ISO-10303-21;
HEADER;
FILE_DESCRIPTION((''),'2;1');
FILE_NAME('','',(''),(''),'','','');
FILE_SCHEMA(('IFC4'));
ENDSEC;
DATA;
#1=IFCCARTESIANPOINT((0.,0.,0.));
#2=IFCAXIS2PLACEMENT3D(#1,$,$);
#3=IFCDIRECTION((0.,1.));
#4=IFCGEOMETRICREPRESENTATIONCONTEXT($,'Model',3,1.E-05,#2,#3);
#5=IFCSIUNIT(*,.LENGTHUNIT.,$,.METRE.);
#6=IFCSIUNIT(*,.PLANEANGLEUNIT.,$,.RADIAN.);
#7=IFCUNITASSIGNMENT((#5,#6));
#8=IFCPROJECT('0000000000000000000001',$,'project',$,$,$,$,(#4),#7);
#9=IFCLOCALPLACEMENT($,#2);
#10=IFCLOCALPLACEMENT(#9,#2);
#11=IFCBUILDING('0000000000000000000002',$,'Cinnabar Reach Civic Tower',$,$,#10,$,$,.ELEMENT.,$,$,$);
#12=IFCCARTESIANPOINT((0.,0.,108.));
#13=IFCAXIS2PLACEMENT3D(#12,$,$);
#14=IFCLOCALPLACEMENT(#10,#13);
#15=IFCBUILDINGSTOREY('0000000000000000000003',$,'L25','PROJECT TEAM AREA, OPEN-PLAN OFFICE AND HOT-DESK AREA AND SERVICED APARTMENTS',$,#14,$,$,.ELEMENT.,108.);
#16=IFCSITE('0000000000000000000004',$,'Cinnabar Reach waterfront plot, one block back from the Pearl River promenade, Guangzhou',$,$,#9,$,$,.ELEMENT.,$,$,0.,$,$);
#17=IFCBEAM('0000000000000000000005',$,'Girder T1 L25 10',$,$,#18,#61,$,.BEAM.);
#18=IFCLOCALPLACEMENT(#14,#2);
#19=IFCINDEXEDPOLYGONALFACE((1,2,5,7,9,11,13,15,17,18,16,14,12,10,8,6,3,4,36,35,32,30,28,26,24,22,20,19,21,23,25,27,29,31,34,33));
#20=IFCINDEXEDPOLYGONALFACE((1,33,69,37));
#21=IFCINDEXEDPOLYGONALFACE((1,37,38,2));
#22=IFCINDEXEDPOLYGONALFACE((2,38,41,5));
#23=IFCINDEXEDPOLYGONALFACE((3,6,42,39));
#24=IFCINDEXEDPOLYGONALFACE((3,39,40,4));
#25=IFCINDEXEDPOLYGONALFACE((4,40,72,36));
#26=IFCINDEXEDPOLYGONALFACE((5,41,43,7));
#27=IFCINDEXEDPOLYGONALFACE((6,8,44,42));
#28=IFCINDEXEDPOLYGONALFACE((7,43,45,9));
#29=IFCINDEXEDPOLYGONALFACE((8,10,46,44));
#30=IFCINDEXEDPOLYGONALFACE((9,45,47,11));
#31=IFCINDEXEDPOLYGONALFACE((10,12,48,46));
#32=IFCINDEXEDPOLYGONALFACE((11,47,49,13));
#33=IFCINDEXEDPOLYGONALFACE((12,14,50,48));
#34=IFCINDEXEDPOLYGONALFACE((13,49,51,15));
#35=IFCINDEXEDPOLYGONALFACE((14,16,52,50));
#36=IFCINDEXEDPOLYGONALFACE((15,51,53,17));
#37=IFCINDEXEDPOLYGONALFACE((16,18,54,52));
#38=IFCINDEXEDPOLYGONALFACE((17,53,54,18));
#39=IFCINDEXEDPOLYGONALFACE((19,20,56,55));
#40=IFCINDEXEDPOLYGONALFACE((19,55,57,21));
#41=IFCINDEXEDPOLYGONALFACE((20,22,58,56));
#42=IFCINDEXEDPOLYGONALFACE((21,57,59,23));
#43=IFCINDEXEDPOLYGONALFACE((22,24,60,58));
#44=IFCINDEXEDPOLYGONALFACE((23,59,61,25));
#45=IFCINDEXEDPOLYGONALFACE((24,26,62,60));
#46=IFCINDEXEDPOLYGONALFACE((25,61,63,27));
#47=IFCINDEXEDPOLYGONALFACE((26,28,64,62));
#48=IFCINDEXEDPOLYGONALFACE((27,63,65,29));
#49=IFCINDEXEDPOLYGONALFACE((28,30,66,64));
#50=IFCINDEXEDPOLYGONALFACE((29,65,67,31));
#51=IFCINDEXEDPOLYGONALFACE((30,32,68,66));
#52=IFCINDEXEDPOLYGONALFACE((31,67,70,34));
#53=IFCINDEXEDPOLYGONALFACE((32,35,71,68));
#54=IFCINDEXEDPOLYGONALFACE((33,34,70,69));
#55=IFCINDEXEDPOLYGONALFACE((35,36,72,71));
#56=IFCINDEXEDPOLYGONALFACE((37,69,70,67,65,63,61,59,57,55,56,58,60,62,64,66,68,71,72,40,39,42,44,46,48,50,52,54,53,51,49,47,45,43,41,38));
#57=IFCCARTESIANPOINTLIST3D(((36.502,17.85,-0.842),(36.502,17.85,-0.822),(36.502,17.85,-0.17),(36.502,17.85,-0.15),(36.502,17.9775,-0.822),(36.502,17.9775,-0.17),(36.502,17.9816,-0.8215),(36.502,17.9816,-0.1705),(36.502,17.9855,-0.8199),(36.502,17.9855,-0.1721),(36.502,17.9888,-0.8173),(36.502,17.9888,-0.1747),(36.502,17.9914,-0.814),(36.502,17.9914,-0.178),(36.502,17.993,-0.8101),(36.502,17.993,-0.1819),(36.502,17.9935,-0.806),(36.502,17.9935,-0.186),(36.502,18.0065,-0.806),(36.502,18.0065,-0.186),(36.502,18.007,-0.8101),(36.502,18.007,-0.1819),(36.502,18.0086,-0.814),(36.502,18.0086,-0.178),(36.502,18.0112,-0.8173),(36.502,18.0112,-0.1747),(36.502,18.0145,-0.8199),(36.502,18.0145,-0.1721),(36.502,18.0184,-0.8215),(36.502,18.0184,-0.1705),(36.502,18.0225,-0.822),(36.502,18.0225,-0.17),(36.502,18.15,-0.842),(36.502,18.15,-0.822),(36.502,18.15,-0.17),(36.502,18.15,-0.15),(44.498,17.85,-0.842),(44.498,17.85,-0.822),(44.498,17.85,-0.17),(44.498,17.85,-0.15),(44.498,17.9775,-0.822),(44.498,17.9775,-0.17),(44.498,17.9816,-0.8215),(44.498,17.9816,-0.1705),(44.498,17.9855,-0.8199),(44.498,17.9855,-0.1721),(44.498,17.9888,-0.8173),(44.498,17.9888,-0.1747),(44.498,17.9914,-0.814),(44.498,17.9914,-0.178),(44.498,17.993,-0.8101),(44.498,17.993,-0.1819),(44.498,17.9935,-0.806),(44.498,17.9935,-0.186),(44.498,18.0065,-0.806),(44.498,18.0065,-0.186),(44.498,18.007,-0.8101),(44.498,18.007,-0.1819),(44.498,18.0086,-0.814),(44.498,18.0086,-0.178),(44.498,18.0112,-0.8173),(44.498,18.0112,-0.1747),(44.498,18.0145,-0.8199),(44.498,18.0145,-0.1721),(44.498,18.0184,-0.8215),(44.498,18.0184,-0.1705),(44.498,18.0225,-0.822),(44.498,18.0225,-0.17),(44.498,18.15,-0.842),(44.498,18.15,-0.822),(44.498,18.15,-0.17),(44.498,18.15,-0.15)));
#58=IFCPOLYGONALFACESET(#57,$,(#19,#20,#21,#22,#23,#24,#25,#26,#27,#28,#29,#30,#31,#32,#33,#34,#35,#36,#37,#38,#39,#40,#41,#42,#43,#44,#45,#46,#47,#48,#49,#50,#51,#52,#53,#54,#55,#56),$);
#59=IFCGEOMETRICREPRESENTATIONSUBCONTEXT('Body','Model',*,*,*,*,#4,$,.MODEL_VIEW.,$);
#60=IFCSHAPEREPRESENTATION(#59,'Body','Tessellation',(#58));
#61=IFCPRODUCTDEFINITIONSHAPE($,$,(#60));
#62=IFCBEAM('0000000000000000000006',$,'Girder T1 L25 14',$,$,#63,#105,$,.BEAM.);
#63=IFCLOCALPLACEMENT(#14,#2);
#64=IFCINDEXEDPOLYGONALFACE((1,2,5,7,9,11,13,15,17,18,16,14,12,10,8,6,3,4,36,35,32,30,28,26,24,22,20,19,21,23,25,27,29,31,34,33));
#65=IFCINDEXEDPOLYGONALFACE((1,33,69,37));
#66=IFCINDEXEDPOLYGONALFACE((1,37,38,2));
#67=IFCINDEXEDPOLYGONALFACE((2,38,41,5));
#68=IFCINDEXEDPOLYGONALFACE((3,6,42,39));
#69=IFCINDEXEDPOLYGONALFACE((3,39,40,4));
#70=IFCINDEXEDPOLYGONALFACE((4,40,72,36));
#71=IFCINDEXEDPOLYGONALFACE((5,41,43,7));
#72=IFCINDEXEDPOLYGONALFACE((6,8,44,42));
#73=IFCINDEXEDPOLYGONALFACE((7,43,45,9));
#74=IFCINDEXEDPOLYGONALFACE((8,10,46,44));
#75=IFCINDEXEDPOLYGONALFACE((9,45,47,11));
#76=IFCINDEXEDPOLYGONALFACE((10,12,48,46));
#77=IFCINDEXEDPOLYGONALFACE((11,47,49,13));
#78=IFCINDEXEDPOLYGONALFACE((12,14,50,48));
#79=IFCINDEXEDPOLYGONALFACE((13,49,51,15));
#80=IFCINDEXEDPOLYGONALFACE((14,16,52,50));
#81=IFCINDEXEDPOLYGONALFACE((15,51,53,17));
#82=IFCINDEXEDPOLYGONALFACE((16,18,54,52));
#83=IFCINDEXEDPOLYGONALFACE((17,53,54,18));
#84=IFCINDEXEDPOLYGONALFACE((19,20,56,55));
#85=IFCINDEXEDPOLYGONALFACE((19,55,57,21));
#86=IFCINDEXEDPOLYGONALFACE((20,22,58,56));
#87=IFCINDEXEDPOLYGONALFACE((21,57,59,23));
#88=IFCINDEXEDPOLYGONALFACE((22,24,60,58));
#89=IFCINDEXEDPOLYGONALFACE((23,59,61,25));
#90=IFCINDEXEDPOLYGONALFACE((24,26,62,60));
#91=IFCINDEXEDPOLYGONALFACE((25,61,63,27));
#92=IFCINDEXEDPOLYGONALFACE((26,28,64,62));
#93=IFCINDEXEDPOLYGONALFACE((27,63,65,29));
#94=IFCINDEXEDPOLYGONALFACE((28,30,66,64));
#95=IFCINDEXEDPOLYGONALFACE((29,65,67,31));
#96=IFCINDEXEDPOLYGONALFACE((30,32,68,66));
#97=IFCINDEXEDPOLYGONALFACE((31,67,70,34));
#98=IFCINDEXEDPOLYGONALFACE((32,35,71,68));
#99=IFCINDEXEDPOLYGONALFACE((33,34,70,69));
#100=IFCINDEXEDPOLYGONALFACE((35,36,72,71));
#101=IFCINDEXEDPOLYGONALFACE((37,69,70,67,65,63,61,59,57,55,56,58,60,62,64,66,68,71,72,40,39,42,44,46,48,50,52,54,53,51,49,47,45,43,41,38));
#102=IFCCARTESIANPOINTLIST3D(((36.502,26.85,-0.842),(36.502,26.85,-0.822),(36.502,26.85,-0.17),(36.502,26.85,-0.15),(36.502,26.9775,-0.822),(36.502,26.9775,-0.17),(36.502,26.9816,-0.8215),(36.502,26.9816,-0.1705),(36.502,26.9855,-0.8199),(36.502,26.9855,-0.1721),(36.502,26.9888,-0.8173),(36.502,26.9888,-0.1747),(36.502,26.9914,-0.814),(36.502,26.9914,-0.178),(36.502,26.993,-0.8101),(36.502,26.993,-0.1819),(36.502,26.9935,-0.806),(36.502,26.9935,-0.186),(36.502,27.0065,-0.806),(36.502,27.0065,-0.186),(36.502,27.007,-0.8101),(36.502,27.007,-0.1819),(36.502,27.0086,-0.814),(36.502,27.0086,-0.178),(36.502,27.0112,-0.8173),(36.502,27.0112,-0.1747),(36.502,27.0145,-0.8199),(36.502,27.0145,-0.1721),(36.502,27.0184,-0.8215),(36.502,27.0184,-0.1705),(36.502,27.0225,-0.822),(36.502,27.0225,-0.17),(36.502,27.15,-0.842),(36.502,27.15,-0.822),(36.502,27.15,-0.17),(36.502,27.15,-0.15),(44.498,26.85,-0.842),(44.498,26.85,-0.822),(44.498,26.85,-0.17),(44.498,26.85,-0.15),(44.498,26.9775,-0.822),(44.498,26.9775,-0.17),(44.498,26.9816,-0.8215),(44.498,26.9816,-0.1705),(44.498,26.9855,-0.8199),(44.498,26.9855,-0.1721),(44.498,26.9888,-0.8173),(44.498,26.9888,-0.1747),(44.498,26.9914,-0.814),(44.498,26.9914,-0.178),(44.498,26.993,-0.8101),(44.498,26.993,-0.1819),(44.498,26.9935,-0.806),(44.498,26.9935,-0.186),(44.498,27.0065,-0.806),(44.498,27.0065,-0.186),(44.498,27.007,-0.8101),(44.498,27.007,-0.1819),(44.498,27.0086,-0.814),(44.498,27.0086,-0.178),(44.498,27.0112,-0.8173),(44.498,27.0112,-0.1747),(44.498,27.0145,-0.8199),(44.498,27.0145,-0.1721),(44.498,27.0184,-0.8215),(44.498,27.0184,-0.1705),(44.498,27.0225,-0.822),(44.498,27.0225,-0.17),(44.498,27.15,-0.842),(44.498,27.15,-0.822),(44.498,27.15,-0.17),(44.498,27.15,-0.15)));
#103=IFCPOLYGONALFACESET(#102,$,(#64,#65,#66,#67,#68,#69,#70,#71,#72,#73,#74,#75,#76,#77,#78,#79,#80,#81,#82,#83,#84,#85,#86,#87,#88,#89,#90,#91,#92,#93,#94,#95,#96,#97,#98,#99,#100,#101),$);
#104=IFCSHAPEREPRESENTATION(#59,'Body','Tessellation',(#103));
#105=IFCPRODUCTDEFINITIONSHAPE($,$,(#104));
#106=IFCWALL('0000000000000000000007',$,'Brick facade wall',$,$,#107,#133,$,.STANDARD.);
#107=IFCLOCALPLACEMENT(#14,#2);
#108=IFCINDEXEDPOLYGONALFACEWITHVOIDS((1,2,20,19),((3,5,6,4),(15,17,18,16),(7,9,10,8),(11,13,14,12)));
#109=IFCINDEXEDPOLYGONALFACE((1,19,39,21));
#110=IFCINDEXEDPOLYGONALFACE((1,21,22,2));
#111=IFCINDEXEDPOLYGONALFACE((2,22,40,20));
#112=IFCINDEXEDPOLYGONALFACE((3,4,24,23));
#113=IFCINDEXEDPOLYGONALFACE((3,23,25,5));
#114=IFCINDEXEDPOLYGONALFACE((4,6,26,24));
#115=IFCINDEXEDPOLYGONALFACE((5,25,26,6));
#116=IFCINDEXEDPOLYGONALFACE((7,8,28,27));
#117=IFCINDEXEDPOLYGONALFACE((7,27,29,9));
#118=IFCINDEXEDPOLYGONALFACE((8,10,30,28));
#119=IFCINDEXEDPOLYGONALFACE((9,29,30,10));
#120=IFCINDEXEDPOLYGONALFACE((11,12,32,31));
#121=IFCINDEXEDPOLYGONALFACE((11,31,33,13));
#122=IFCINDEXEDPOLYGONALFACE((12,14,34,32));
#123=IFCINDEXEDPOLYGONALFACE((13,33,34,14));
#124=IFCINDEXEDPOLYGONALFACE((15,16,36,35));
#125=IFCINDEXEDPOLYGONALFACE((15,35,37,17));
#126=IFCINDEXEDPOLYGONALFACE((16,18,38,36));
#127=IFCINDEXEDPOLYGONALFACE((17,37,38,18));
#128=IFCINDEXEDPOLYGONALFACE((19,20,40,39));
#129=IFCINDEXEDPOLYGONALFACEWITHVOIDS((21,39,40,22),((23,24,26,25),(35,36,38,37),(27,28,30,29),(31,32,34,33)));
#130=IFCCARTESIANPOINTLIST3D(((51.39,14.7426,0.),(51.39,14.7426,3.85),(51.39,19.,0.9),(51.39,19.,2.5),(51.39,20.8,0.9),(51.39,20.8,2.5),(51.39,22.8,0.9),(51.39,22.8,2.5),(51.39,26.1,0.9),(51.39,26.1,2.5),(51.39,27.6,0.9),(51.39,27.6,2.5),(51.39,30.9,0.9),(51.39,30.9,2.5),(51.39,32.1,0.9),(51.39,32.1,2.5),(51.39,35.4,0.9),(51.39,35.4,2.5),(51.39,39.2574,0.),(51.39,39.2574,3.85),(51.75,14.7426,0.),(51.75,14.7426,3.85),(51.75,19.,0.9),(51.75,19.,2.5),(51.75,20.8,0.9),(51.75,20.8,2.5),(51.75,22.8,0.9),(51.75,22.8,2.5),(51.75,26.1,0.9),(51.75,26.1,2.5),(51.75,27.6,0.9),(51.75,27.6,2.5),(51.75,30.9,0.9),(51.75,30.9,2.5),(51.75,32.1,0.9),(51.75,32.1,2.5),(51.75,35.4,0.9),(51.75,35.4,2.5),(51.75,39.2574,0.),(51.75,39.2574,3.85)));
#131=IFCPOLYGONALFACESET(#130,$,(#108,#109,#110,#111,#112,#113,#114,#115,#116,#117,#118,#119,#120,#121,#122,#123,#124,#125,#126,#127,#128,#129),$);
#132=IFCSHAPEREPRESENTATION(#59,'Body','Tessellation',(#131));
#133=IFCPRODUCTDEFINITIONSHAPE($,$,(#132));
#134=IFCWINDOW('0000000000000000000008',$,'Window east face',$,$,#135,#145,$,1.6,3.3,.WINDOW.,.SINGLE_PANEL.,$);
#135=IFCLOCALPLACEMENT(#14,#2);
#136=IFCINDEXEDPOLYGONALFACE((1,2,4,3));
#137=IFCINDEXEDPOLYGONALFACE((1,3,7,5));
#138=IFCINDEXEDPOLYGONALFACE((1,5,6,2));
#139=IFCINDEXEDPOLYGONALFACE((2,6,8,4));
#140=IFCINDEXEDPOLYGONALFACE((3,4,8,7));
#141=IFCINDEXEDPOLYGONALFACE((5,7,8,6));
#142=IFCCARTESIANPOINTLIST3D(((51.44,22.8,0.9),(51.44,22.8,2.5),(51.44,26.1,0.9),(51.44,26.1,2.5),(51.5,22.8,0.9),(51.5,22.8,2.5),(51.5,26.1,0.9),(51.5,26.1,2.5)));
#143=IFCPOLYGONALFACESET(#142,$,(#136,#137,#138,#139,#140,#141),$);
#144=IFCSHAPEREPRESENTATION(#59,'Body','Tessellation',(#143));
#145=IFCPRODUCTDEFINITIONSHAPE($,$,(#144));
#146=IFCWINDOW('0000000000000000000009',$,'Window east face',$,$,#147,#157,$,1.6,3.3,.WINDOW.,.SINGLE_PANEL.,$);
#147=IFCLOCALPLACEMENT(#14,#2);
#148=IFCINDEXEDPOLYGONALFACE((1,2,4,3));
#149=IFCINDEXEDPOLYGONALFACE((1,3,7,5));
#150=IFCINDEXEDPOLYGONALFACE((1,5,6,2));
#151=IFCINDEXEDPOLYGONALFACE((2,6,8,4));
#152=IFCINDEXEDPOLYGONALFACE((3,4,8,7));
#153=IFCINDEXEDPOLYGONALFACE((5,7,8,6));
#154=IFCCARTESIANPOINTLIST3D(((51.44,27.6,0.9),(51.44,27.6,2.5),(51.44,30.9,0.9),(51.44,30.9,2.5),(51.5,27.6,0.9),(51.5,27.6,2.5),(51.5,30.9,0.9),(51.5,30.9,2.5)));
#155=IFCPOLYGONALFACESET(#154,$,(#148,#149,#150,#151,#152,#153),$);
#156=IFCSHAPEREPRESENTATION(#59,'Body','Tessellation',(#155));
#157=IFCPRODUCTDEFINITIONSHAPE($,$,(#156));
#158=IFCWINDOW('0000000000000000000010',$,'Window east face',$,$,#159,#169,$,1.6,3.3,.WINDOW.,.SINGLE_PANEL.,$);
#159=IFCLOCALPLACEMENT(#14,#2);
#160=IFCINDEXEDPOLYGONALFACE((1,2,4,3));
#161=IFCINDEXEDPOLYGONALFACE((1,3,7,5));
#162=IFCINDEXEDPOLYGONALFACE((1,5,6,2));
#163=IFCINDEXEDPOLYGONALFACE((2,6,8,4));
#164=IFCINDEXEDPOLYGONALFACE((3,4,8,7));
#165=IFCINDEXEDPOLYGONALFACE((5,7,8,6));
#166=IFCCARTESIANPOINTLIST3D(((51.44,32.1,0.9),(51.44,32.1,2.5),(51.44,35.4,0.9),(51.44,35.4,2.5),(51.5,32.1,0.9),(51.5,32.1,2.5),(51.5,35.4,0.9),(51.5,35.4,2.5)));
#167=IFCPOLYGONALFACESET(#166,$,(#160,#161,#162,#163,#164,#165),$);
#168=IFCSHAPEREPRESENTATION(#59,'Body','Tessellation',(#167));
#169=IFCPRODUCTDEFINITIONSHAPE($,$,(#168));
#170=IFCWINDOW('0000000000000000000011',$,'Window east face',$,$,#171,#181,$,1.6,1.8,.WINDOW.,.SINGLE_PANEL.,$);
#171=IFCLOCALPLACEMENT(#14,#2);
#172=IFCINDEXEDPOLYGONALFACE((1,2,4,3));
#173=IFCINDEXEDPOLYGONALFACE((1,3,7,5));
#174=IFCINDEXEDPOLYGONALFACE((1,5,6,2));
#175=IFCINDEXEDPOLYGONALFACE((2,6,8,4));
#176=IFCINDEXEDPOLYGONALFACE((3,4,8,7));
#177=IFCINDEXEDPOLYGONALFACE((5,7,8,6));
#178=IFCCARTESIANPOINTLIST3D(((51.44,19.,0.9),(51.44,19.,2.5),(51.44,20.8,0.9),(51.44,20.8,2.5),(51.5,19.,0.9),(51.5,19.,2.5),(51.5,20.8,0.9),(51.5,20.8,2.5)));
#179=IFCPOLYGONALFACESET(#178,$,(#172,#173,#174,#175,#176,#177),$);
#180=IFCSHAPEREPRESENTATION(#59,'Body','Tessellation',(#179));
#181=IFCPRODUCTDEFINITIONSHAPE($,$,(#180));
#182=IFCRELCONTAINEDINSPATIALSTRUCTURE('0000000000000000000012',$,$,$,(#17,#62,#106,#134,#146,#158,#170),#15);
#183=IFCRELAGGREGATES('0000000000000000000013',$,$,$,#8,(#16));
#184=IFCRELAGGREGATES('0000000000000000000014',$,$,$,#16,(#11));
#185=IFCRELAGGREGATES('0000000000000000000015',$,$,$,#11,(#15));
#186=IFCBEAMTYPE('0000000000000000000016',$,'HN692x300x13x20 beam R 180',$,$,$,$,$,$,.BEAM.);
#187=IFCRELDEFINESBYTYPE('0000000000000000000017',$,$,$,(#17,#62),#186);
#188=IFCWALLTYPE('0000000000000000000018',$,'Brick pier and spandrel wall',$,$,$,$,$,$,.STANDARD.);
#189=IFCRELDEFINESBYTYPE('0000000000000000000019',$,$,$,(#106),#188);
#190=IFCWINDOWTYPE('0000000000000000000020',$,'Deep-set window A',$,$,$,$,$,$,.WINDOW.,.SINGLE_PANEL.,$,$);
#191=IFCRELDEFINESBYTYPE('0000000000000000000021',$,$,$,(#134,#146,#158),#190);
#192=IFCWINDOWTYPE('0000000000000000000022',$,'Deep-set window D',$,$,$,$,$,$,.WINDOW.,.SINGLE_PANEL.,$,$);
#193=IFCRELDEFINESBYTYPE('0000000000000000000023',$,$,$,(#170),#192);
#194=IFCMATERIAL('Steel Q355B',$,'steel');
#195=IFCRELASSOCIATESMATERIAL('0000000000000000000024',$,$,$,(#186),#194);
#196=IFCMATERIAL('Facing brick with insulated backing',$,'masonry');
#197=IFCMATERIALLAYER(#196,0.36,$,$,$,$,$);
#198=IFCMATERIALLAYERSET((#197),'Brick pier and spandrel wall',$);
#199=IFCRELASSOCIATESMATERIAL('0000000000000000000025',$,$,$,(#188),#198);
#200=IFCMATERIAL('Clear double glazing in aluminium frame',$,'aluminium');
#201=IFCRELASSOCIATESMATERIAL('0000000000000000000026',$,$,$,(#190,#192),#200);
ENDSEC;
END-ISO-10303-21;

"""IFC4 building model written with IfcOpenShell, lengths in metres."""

from ifc_helpers import new_model, si_unit, direction, frame, frame_2d, origin, origin_2d, place, context, subcontext, project, spatial, rectangle, i_section, extrude, material, layer, layer_set, material_profile, profile_set, type_object, element, fill, save


model = new_model("IFC4")

# Units and contexts
model_context = context("Model", 3, precision=1e-05, world=origin(), true_north=direction((0.0, 1.0)))
body_context = subcontext(model_context, "Body", "Model", "MODEL_VIEW")
ifc_project = project(units=[si_unit("LENGTHUNIT", "METRE"), si_unit("PLANEANGLEUNIT", "RADIAN")], contexts=[model_context])

# Site, building, storey
site_placement = place(None, origin())
site = spatial("IfcSite", under=ifc_project, at=site_placement, Name="Cinnabar Reach waterfront plot, one block back from the Pearl River promenade, Guangzhou", CompositionType="ELEMENT", RefElevation=0.0)
building_placement = place(site_placement, origin())
building = spatial("IfcBuilding", under=site, at=building_placement, Name="Cinnabar Reach Civic Tower", CompositionType="ELEMENT")
storey_placement = place(building_placement, frame((0.0, 0.0, 108.0)))
storey = spatial("IfcBuildingStorey", under=building, at=storey_placement, Name="L25", Description="PROJECT TEAM AREA, OPEN-PLAN OFFICE AND HOT-DESK AREA AND SERVICED APARTMENTS", CompositionType="ELEMENT", Elevation=108.0)

# Beams
ifc_material_1 = material(Name="Steel Q355B", Category="steel")
ifc_material_profile_1 = material_profile(ifc_material_1, i_section(OverallWidth=0.3, OverallDepth=0.692, WebThickness=0.013, FlangeThickness=0.02, FilletRadius=0.016, at=origin_2d()), Name="HN692x300x13x20")
ifc_profile_set_1 = profile_set([ifc_material_profile_1], Name="Steel Q355B")
beam_type_1 = type_object("IfcBeamType", Name="HN692x300x13x20 beam R 180", PredefinedType="BEAM", material=ifc_profile_set_1)
for number, where, z_axis, x_axis, name in (
    (1, (36.502, 18.0, -0.496), (1.0, 0.0, 0.0), (0.0, 1.0, 0.0), "Girder T1 L25 10"),
    (2, (36.502, 27.0, -0.496), (1.0, 0.0, 0.0), (0.0, 1.0, 0.0), "Girder T1 L25 14"),
):
    element("IfcBeam", number, at=place(storey_placement, frame(where, z_axis=z_axis, x_axis=x_axis)), inside=storey, type_object=beam_type_1, Name=name, PredefinedType="BEAM", context=body_context, shape_type="SweptSolid", body=[
        extrude(i_section(OverallWidth=0.3, OverallDepth=0.692, WebThickness=0.013, FlangeThickness=0.02, FilletRadius=0.016, at=origin_2d()), origin(), (0.0, 0.0, 1.0), 7.996),
    ])

# Wall, openings, windows
ifc_material_2 = material(Name="Facing brick with insulated backing", Category="masonry")
ifc_layer_1 = layer(ifc_material_2, 0.36)
ifc_layer_set_1 = layer_set([ifc_layer_1], Name="Brick pier and spandrel wall")
wall_type_1 = type_object("IfcWallType", Name="Brick pier and spandrel wall", PredefinedType="STANDARD", material=ifc_layer_set_1)
wall_1_placement = place(storey_placement, frame((51.57, 14.7426, 0.0), z_axis=(0.0, 0.0, 1.0), x_axis=(0.0, 1.0, 0.0)))
wall_1 = element("IfcWall", 3, at=wall_1_placement, inside=storey, type_object=wall_type_1, Name="Brick facade wall", PredefinedType="STANDARD", context=body_context, shape_type="SweptSolid", body=[
    extrude(rectangle(XDim=24.5148, YDim=0.36, at=frame_2d((12.2574, 0.0))), origin(), (0.0, 0.0, 1.0), 3.85),
])
opening_1_placement = place(wall_1_placement, frame((4.2574, 0.0, 0.9)))
opening_1 = element("IfcOpeningElement", 4, at=opening_1_placement, cuts=wall_1, PredefinedType="OPENING", context=body_context, shape_type="SweptSolid", body=[
    extrude(rectangle(XDim=1.8, YDim=1.6, at=frame_2d((0.9, 0.8))), frame((0.0, 0.19, 0.0), z_axis=(0.0, -1.0, 0.0), x_axis=(1.0, 0.0, 0.0)), (0.0, 0.0, 1.0), 0.38),
])
opening_2_placement = place(wall_1_placement, frame((8.0574, 0.0, 0.9)))
opening_2 = element("IfcOpeningElement", 5, at=opening_2_placement, cuts=wall_1, PredefinedType="OPENING", context=body_context, shape_type="SweptSolid", body=[
    extrude(rectangle(XDim=3.3, YDim=1.6, at=frame_2d((1.65, 0.8))), frame((0.0, 0.19, 0.0), z_axis=(0.0, -1.0, 0.0), x_axis=(1.0, 0.0, 0.0)), (0.0, 0.0, 1.0), 0.38),
])
opening_3_placement = place(wall_1_placement, frame((12.8574, 0.0, 0.9)))
opening_3 = element("IfcOpeningElement", 6, at=opening_3_placement, cuts=wall_1, PredefinedType="OPENING", context=body_context, shape_type="SweptSolid", body=[
    extrude(rectangle(XDim=3.3, YDim=1.6, at=frame_2d((1.65, 0.8))), frame((0.0, 0.19, 0.0), z_axis=(0.0, -1.0, 0.0), x_axis=(1.0, 0.0, 0.0)), (0.0, 0.0, 1.0), 0.38),
])
opening_4_placement = place(wall_1_placement, frame((17.3574, 0.0, 0.9)))
opening_4 = element("IfcOpeningElement", 7, at=opening_4_placement, cuts=wall_1, PredefinedType="OPENING", context=body_context, shape_type="SweptSolid", body=[
    extrude(rectangle(XDim=3.3, YDim=1.6, at=frame_2d((1.65, 0.8))), frame((0.0, 0.19, 0.0), z_axis=(0.0, -1.0, 0.0), x_axis=(1.0, 0.0, 0.0)), (0.0, 0.0, 1.0), 0.38),
])
ifc_material_3 = material(Name="Clear double glazing in aluminium frame", Category="aluminium")
window_type_1 = type_object("IfcWindowType", Name="Deep-set window A", PartitioningType="SINGLE_PANEL", PredefinedType="WINDOW", material=ifc_material_3)
window_1_placement = place(opening_2_placement, origin())
window_1 = element("IfcWindow", 8, at=window_1_placement, inside=storey, type_object=window_type_1, Name="Window east face", OverallHeight=1.6, OverallWidth=3.3, PartitioningType="SINGLE_PANEL", PredefinedType="WINDOW", context=body_context, shape_type="SweptSolid", body=[
    extrude(rectangle(XDim=3.3, YDim=1.6, at=frame_2d((1.65, 0.8))), frame((0.0, 0.13, 0.0), z_axis=(0.0, -1.0, 0.0), x_axis=(1.0, 0.0, 0.0)), (0.0, 0.0, 1.0), 0.06),
])
fill(opening_2, window_1)
window_2_placement = place(opening_3_placement, origin())
window_2 = element("IfcWindow", 9, at=window_2_placement, inside=storey, type_object=window_type_1, Name="Window east face", OverallHeight=1.6, OverallWidth=3.3, PartitioningType="SINGLE_PANEL", PredefinedType="WINDOW", context=body_context, shape_type="SweptSolid", body=[
    extrude(rectangle(XDim=3.3, YDim=1.6, at=frame_2d((1.65, 0.8))), frame((0.0, 0.13, 0.0), z_axis=(0.0, -1.0, 0.0), x_axis=(1.0, 0.0, 0.0)), (0.0, 0.0, 1.0), 0.06),
])
fill(opening_3, window_2)
window_3_placement = place(opening_4_placement, origin())
window_3 = element("IfcWindow", 10, at=window_3_placement, inside=storey, type_object=window_type_1, Name="Window east face", OverallHeight=1.6, OverallWidth=3.3, PartitioningType="SINGLE_PANEL", PredefinedType="WINDOW", context=body_context, shape_type="SweptSolid", body=[
    extrude(rectangle(XDim=3.3, YDim=1.6, at=frame_2d((1.65, 0.8))), frame((0.0, 0.13, 0.0), z_axis=(0.0, -1.0, 0.0), x_axis=(1.0, 0.0, 0.0)), (0.0, 0.0, 1.0), 0.06),
])
fill(opening_4, window_3)
window_type_2 = type_object("IfcWindowType", Name="Deep-set window D", PartitioningType="SINGLE_PANEL", PredefinedType="WINDOW", material=ifc_material_3)
window_4_placement = place(opening_1_placement, origin())
window_4 = element("IfcWindow", 11, at=window_4_placement, inside=storey, type_object=window_type_2, Name="Window east face", OverallHeight=1.6, OverallWidth=1.8, PartitioningType="SINGLE_PANEL", PredefinedType="WINDOW", context=body_context, shape_type="SweptSolid", body=[
    extrude(rectangle(XDim=1.8, YDim=1.6, at=frame_2d((0.9, 0.8))), frame((0.0, 0.13, 0.0), z_axis=(0.0, -1.0, 0.0), x_axis=(1.0, 0.0, 0.0)), (0.0, 0.0, 1.0), 0.06),
])
fill(opening_1, window_4)

save(model, "model.ifc")
